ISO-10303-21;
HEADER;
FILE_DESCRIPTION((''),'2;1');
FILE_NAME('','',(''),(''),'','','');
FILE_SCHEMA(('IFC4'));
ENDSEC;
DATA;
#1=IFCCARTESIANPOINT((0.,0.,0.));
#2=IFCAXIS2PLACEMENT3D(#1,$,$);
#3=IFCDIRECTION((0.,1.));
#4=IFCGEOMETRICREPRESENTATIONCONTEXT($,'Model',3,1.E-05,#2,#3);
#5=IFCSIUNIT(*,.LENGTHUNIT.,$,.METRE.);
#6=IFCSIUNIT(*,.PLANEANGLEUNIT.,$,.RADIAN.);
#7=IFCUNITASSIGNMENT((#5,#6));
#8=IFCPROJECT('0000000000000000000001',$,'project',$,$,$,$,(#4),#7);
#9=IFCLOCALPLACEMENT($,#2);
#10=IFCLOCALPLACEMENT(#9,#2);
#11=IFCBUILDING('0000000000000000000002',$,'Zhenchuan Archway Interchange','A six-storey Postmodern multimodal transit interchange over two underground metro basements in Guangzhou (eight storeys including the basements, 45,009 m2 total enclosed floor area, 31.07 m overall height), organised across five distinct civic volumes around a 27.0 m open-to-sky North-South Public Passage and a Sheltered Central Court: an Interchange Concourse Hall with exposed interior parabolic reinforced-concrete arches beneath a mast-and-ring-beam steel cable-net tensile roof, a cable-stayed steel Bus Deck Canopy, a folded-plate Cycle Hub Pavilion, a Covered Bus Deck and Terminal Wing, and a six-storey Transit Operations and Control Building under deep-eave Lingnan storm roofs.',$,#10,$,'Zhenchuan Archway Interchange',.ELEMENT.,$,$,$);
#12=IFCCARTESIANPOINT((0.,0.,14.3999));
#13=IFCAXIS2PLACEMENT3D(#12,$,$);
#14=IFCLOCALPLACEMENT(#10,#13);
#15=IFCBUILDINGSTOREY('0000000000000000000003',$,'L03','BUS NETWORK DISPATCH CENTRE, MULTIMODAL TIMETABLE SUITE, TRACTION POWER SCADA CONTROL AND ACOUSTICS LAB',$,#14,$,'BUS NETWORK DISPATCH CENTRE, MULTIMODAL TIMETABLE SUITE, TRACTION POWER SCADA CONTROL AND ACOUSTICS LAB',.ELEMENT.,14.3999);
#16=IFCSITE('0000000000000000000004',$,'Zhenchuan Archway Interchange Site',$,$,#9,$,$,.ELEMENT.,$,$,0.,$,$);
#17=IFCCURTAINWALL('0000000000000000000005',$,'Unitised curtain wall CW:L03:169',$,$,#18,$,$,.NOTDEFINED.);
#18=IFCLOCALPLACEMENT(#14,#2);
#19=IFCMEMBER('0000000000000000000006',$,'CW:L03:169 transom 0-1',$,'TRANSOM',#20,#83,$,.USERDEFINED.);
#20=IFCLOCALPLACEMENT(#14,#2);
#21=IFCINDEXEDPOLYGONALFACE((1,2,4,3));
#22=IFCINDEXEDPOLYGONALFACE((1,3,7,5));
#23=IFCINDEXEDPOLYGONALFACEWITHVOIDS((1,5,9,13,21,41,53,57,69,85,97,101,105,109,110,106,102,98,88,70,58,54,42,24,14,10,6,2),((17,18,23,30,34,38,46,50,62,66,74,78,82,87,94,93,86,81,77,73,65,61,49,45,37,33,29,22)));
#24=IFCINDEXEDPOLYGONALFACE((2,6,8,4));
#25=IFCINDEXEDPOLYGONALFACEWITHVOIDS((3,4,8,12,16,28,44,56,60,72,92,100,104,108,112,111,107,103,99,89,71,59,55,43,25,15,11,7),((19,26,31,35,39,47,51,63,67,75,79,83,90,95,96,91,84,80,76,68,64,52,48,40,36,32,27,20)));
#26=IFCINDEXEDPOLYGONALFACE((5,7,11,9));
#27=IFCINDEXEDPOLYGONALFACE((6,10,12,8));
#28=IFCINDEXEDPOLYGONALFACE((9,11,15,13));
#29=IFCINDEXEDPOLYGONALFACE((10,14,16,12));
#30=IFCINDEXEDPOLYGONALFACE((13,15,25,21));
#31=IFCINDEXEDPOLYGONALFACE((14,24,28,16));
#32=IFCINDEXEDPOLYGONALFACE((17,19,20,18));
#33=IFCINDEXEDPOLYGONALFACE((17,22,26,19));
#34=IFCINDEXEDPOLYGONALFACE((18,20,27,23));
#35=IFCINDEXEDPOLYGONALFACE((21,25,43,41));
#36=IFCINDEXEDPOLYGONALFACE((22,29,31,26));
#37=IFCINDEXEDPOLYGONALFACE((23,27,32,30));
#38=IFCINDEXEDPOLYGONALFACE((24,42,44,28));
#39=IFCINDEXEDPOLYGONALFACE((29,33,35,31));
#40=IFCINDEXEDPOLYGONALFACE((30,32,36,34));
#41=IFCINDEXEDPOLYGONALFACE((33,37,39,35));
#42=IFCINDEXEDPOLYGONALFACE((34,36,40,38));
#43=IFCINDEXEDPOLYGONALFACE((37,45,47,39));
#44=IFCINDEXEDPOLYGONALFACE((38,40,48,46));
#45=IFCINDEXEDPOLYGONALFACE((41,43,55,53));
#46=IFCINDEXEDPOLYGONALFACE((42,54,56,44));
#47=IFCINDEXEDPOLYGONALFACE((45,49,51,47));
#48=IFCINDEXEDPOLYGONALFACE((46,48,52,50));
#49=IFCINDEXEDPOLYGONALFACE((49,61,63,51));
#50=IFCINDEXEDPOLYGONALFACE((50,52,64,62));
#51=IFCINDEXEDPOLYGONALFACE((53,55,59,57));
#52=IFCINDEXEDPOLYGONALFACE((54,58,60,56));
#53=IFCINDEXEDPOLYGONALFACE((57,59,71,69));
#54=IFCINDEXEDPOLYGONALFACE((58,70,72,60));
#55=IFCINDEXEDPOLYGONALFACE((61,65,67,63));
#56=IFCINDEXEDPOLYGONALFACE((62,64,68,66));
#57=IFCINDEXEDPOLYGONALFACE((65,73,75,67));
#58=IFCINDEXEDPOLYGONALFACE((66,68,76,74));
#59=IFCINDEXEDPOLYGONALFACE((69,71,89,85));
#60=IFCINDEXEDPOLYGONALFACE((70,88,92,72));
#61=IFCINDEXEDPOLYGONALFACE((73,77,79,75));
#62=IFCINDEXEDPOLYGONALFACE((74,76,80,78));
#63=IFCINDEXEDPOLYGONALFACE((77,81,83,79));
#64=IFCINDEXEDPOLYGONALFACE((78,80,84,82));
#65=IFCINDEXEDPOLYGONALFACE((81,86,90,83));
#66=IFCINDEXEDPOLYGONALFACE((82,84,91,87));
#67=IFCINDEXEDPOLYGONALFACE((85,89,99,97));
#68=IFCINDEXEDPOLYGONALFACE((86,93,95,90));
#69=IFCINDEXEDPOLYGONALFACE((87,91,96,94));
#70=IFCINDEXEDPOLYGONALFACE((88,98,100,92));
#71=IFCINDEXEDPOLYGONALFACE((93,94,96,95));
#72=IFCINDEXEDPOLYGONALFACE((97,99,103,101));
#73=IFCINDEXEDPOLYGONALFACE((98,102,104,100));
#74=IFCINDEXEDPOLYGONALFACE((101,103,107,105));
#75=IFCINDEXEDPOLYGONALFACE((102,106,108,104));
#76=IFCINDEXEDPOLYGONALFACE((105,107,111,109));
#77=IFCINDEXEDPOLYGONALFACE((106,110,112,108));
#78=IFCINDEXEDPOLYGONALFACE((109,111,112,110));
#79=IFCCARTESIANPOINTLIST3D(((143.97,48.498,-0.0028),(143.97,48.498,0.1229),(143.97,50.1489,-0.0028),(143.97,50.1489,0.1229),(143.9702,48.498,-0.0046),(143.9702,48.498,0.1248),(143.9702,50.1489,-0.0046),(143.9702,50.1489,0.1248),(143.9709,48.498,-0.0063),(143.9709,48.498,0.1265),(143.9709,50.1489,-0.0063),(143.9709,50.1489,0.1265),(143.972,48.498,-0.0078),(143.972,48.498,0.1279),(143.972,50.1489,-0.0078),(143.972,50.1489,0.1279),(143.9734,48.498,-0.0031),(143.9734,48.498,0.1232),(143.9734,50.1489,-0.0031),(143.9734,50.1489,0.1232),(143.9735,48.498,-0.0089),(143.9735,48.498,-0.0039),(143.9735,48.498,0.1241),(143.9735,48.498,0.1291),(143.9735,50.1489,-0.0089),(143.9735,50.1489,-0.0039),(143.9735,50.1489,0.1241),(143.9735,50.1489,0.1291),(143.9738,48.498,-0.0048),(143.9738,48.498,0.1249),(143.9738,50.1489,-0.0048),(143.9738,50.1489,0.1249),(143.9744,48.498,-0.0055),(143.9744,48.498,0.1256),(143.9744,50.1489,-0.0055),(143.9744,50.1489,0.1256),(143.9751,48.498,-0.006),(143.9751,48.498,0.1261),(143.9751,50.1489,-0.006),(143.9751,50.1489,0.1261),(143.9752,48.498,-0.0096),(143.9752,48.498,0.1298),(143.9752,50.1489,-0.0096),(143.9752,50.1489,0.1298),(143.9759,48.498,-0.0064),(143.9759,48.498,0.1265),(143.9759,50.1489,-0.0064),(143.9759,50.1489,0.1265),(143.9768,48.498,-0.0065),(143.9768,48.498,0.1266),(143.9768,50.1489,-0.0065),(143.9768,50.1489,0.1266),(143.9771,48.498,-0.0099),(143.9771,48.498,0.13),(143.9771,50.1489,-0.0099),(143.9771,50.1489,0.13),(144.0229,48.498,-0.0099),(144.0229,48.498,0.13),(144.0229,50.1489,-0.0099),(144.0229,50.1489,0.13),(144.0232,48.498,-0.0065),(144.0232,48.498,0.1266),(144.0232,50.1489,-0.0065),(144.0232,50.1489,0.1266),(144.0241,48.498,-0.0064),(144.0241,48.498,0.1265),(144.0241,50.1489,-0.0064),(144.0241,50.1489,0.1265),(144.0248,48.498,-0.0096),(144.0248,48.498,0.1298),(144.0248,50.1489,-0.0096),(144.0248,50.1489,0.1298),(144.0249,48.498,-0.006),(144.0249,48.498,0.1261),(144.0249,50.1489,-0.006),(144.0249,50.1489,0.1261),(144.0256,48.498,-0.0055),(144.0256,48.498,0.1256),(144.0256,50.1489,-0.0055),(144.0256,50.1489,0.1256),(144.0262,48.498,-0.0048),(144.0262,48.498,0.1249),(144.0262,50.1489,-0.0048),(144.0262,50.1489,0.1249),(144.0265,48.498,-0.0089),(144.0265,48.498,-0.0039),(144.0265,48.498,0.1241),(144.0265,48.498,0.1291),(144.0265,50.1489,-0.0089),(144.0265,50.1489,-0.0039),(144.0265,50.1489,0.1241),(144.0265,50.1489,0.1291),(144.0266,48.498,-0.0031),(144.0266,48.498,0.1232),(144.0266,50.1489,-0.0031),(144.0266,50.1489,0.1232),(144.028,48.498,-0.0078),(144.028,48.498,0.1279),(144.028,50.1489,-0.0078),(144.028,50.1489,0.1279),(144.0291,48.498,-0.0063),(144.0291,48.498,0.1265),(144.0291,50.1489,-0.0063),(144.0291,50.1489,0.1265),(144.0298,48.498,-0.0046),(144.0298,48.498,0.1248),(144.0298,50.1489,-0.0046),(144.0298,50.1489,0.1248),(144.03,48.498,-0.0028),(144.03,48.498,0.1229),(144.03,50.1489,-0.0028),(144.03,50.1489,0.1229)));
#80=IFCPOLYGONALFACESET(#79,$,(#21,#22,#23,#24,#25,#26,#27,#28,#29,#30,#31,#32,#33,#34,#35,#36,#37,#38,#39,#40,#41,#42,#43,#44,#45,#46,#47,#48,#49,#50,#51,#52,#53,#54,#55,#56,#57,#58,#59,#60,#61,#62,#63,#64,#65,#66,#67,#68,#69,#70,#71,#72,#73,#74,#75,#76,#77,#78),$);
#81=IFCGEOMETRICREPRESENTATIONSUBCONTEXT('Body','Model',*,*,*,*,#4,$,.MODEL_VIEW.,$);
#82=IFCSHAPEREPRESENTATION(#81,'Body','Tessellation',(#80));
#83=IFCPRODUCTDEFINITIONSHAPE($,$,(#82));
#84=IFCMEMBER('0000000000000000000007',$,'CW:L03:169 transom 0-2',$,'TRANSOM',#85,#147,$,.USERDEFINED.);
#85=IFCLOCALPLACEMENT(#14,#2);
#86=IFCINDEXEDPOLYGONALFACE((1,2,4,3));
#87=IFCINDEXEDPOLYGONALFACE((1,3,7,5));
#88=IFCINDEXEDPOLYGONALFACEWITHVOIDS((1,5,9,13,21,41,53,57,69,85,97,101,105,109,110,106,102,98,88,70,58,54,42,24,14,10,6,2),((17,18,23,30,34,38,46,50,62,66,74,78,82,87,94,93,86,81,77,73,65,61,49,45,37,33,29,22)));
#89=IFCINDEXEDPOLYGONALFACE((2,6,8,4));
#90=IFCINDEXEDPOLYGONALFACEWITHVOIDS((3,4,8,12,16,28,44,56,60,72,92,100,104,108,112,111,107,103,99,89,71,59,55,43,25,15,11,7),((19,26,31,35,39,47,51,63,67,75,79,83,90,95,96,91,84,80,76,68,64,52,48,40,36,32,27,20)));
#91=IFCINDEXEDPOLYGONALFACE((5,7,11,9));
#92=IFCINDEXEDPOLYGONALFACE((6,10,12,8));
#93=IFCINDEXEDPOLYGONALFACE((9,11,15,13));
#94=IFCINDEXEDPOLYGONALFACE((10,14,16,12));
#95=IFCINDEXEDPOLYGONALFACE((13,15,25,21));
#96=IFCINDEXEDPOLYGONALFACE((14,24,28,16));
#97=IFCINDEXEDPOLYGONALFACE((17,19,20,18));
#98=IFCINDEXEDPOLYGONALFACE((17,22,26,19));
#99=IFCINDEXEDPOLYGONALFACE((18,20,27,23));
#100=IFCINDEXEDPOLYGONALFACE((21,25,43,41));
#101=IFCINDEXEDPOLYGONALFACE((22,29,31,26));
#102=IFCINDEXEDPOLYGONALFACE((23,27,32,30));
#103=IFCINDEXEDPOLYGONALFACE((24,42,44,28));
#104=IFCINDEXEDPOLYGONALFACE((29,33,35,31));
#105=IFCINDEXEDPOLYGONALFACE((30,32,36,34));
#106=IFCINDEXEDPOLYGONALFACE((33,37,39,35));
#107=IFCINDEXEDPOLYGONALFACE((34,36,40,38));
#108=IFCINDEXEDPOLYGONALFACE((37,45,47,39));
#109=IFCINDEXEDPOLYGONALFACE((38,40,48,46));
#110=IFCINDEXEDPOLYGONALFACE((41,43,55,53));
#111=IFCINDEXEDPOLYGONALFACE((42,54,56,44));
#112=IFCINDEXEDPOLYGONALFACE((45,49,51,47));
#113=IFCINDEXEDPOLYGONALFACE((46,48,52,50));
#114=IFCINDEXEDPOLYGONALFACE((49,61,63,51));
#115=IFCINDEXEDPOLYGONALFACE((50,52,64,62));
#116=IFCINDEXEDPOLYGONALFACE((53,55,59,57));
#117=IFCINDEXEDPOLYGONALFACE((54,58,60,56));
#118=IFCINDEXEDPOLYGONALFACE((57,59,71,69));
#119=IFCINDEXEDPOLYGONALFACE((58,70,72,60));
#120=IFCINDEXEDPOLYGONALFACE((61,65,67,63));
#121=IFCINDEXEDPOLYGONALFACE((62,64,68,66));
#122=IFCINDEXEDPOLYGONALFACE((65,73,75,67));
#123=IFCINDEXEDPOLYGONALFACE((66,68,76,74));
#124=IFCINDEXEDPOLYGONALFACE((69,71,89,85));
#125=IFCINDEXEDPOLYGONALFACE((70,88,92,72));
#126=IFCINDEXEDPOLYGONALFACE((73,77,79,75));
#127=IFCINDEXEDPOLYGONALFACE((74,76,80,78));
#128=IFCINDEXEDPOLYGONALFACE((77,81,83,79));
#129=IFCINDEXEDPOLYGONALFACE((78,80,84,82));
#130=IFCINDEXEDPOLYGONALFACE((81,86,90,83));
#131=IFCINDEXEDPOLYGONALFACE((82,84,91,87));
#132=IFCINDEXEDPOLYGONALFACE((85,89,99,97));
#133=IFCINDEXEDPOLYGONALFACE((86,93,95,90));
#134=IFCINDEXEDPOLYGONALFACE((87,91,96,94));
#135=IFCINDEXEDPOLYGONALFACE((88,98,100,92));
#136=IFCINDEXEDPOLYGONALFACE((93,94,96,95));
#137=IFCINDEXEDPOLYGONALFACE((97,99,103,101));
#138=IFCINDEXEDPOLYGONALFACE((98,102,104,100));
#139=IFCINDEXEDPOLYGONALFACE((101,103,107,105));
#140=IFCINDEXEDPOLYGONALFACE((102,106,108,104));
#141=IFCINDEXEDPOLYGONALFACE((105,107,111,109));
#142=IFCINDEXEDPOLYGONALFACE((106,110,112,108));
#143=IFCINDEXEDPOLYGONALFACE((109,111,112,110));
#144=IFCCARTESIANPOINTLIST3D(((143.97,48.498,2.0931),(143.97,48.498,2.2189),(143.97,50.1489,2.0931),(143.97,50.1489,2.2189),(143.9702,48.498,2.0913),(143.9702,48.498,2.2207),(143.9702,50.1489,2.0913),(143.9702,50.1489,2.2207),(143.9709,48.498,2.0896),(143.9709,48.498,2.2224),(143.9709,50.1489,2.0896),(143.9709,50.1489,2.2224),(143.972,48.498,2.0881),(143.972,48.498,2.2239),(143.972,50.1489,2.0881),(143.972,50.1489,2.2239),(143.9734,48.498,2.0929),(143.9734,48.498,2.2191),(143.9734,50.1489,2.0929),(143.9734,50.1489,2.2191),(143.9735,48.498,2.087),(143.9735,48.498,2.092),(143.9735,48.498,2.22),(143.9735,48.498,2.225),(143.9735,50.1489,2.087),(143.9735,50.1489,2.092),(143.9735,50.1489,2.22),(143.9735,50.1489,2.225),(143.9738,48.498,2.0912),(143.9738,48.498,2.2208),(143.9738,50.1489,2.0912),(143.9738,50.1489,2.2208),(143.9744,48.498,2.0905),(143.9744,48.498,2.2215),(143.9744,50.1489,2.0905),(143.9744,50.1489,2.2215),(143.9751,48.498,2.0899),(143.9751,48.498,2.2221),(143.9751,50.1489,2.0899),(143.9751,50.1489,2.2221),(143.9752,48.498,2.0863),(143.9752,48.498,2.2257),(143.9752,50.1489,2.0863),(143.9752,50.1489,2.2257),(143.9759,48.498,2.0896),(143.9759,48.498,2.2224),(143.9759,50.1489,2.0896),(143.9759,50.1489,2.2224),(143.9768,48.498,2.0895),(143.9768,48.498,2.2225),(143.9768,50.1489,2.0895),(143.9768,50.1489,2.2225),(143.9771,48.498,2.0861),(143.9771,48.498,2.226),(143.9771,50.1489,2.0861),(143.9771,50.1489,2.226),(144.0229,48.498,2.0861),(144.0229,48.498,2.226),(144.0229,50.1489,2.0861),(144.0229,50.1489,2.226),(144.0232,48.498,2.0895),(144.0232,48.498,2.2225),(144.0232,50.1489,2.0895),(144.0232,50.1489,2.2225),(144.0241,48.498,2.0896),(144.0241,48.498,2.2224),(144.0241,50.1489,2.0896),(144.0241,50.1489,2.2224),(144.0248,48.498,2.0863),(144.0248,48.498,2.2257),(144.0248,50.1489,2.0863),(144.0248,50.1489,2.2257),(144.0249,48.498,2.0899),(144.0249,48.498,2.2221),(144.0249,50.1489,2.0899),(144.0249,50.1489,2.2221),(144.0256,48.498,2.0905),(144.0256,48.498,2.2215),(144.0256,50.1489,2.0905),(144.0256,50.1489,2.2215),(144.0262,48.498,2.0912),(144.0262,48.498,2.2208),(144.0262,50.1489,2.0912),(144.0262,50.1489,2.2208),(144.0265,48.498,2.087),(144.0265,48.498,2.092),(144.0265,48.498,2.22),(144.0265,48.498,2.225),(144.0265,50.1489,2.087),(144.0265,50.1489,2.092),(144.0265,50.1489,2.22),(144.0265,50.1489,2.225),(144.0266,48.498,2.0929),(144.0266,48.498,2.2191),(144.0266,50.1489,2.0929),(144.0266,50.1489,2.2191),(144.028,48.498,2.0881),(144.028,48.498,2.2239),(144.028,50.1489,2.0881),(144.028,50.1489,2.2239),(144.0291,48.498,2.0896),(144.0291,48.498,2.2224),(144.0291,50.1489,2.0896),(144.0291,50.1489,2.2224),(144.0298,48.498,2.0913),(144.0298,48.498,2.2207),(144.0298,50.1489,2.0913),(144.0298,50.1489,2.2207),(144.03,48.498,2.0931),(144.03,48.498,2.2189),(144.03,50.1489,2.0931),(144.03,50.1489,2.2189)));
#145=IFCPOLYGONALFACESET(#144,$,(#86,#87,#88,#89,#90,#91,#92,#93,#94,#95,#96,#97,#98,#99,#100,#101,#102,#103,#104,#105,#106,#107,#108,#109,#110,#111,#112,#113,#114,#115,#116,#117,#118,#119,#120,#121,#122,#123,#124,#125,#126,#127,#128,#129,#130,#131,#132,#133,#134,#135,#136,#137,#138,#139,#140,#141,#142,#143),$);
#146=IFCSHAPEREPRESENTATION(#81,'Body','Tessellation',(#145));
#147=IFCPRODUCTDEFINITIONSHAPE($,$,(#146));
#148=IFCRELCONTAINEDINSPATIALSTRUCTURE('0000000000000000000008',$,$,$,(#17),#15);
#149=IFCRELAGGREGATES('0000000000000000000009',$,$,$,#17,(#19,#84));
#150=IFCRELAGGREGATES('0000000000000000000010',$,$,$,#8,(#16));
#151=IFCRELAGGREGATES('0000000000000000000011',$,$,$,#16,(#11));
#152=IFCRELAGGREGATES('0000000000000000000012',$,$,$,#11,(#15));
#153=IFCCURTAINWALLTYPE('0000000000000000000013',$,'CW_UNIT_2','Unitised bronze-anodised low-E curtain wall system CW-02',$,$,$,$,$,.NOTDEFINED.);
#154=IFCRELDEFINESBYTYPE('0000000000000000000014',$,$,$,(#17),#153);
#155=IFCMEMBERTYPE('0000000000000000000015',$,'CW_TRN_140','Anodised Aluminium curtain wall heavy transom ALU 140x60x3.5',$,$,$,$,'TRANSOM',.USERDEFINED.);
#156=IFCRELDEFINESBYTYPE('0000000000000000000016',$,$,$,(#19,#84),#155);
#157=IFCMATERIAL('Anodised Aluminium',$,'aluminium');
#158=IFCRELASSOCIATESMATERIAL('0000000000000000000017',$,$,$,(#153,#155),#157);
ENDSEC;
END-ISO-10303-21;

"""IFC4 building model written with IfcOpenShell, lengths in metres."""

from ifc_helpers import new_model, si_unit, direction, frame, origin, origin_2d, place, context, subcontext, project, spatial, hollow_rectangle, extrude, material, material_profile, profile_set, type_object, element, aggregate, save


model = new_model("IFC4")

# Units and contexts
model_context = context("Model", 3, precision=1e-05, world=origin(), true_north=direction((0.0, 1.0)))
body_context = subcontext(model_context, "Body", "Model", "MODEL_VIEW")
ifc_project = project(units=[si_unit("LENGTHUNIT", "METRE"), si_unit("PLANEANGLEUNIT", "RADIAN")], contexts=[model_context])

# Site, building, storey
site_placement = place(None, origin())
site = spatial("IfcSite", under=ifc_project, at=site_placement, Name="Zhenchuan Archway Interchange Site", CompositionType="ELEMENT", RefElevation=0.0)
building_placement = place(site_placement, origin())
building = spatial("IfcBuilding", under=site, at=building_placement, Name="Zhenchuan Archway Interchange", Description="A six-storey Postmodern multimodal transit interchange over two underground metro basements in Guangzhou (eight storeys including the basements, 45,009 m2 total enclosed floor area, 31.07 m overall height), organised across five distinct civic volumes around a 27.0 m open-to-sky North-South Public Passage and a Sheltered Central Court: an Interchange Concourse Hall with exposed interior parabolic reinforced-concrete arches beneath a mast-and-ring-beam steel cable-net tensile roof, a cable-stayed steel Bus Deck Canopy, a folded-plate Cycle Hub Pavilion, a Covered Bus Deck and Terminal Wing, and a six-storey Transit Operations and Control Building under deep-eave Lingnan storm roofs.", LongName="Zhenchuan Archway Interchange", CompositionType="ELEMENT")
storey_placement = place(building_placement, frame((0.0, 0.0, 14.3999)))
storey = spatial("IfcBuildingStorey", under=building, at=storey_placement, Name="L03", Description="BUS NETWORK DISPATCH CENTRE, MULTIMODAL TIMETABLE SUITE, TRACTION POWER SCADA CONTROL AND ACOUSTICS LAB", LongName="BUS NETWORK DISPATCH CENTRE, MULTIMODAL TIMETABLE SUITE, TRACTION POWER SCADA CONTROL AND ACOUSTICS LAB", CompositionType="ELEMENT", Elevation=14.3999)

# Curtain wall
ifc_material_1 = material(Name="Anodised Aluminium", Category="aluminium")
curtain_wall_type_1 = type_object("IfcCurtainWallType", Name="CW_UNIT_2", Description="Unitised bronze-anodised low-E curtain wall system CW-02", PredefinedType="NOTDEFINED", material=ifc_material_1)
curtain_wall_1_placement = place(storey_placement, origin())
curtain_wall_1 = element("IfcCurtainWall", 1, at=curtain_wall_1_placement, inside=storey, type_object=curtain_wall_type_1, Name="Unitised curtain wall CW:L03:169", PredefinedType="NOTDEFINED")

# Members
ifc_material_profile_1 = material_profile(ifc_material_1, hollow_rectangle(XDim=0.0601, YDim=0.1399, WallThickness=0.0034, InnerFilletRadius=0.0034, OuterFilletRadius=0.0071, at=origin_2d()), Name="ALU 140x60x3.5")
ifc_profile_set_1 = profile_set([ifc_material_profile_1], Name="Anodised Aluminium")
member_type_1 = type_object("IfcMemberType", Name="CW_TRN_140", Description="Anodised Aluminium curtain wall heavy transom ALU 140x60x3.5", ElementType="TRANSOM", PredefinedType="USERDEFINED", material=ifc_profile_set_1)
member_1_placement = place(storey_placement, frame((144.0, 48.498, 0.0601), z_axis=(0.0, 1.0, 0.0), x_axis=(-1.0, 0.0, 0.0)))
member_1 = element("IfcMember", 2, at=member_1_placement, type_object=member_type_1, Name="CW:L03:169 transom 0-1", ObjectType="TRANSOM", PredefinedType="USERDEFINED", context=body_context, shape_type="SweptSolid", body=[
    extrude(hollow_rectangle(XDim=0.0601, YDim=0.1399, WallThickness=0.0034, InnerFilletRadius=0.0034, OuterFilletRadius=0.0071, at=origin_2d()), origin(), (0.0, 0.0, 1.0), 1.6509),
])
member_2_placement = place(storey_placement, frame((144.0, 48.498, 2.156), z_axis=(0.0, 1.0, 0.0), x_axis=(-1.0, 0.0, 0.0)))
member_2 = element("IfcMember", 3, at=member_2_placement, type_object=member_type_1, Name="CW:L03:169 transom 0-2", ObjectType="TRANSOM", PredefinedType="USERDEFINED", context=body_context, shape_type="SweptSolid", body=[
    extrude(hollow_rectangle(XDim=0.0601, YDim=0.1399, WallThickness=0.0034, InnerFilletRadius=0.0034, OuterFilletRadius=0.0071, at=origin_2d()), origin(), (0.0, 0.0, 1.0), 1.6509),
])

aggregate(curtain_wall_1, [member_1, member_2])

save(model, "model.ifc")
